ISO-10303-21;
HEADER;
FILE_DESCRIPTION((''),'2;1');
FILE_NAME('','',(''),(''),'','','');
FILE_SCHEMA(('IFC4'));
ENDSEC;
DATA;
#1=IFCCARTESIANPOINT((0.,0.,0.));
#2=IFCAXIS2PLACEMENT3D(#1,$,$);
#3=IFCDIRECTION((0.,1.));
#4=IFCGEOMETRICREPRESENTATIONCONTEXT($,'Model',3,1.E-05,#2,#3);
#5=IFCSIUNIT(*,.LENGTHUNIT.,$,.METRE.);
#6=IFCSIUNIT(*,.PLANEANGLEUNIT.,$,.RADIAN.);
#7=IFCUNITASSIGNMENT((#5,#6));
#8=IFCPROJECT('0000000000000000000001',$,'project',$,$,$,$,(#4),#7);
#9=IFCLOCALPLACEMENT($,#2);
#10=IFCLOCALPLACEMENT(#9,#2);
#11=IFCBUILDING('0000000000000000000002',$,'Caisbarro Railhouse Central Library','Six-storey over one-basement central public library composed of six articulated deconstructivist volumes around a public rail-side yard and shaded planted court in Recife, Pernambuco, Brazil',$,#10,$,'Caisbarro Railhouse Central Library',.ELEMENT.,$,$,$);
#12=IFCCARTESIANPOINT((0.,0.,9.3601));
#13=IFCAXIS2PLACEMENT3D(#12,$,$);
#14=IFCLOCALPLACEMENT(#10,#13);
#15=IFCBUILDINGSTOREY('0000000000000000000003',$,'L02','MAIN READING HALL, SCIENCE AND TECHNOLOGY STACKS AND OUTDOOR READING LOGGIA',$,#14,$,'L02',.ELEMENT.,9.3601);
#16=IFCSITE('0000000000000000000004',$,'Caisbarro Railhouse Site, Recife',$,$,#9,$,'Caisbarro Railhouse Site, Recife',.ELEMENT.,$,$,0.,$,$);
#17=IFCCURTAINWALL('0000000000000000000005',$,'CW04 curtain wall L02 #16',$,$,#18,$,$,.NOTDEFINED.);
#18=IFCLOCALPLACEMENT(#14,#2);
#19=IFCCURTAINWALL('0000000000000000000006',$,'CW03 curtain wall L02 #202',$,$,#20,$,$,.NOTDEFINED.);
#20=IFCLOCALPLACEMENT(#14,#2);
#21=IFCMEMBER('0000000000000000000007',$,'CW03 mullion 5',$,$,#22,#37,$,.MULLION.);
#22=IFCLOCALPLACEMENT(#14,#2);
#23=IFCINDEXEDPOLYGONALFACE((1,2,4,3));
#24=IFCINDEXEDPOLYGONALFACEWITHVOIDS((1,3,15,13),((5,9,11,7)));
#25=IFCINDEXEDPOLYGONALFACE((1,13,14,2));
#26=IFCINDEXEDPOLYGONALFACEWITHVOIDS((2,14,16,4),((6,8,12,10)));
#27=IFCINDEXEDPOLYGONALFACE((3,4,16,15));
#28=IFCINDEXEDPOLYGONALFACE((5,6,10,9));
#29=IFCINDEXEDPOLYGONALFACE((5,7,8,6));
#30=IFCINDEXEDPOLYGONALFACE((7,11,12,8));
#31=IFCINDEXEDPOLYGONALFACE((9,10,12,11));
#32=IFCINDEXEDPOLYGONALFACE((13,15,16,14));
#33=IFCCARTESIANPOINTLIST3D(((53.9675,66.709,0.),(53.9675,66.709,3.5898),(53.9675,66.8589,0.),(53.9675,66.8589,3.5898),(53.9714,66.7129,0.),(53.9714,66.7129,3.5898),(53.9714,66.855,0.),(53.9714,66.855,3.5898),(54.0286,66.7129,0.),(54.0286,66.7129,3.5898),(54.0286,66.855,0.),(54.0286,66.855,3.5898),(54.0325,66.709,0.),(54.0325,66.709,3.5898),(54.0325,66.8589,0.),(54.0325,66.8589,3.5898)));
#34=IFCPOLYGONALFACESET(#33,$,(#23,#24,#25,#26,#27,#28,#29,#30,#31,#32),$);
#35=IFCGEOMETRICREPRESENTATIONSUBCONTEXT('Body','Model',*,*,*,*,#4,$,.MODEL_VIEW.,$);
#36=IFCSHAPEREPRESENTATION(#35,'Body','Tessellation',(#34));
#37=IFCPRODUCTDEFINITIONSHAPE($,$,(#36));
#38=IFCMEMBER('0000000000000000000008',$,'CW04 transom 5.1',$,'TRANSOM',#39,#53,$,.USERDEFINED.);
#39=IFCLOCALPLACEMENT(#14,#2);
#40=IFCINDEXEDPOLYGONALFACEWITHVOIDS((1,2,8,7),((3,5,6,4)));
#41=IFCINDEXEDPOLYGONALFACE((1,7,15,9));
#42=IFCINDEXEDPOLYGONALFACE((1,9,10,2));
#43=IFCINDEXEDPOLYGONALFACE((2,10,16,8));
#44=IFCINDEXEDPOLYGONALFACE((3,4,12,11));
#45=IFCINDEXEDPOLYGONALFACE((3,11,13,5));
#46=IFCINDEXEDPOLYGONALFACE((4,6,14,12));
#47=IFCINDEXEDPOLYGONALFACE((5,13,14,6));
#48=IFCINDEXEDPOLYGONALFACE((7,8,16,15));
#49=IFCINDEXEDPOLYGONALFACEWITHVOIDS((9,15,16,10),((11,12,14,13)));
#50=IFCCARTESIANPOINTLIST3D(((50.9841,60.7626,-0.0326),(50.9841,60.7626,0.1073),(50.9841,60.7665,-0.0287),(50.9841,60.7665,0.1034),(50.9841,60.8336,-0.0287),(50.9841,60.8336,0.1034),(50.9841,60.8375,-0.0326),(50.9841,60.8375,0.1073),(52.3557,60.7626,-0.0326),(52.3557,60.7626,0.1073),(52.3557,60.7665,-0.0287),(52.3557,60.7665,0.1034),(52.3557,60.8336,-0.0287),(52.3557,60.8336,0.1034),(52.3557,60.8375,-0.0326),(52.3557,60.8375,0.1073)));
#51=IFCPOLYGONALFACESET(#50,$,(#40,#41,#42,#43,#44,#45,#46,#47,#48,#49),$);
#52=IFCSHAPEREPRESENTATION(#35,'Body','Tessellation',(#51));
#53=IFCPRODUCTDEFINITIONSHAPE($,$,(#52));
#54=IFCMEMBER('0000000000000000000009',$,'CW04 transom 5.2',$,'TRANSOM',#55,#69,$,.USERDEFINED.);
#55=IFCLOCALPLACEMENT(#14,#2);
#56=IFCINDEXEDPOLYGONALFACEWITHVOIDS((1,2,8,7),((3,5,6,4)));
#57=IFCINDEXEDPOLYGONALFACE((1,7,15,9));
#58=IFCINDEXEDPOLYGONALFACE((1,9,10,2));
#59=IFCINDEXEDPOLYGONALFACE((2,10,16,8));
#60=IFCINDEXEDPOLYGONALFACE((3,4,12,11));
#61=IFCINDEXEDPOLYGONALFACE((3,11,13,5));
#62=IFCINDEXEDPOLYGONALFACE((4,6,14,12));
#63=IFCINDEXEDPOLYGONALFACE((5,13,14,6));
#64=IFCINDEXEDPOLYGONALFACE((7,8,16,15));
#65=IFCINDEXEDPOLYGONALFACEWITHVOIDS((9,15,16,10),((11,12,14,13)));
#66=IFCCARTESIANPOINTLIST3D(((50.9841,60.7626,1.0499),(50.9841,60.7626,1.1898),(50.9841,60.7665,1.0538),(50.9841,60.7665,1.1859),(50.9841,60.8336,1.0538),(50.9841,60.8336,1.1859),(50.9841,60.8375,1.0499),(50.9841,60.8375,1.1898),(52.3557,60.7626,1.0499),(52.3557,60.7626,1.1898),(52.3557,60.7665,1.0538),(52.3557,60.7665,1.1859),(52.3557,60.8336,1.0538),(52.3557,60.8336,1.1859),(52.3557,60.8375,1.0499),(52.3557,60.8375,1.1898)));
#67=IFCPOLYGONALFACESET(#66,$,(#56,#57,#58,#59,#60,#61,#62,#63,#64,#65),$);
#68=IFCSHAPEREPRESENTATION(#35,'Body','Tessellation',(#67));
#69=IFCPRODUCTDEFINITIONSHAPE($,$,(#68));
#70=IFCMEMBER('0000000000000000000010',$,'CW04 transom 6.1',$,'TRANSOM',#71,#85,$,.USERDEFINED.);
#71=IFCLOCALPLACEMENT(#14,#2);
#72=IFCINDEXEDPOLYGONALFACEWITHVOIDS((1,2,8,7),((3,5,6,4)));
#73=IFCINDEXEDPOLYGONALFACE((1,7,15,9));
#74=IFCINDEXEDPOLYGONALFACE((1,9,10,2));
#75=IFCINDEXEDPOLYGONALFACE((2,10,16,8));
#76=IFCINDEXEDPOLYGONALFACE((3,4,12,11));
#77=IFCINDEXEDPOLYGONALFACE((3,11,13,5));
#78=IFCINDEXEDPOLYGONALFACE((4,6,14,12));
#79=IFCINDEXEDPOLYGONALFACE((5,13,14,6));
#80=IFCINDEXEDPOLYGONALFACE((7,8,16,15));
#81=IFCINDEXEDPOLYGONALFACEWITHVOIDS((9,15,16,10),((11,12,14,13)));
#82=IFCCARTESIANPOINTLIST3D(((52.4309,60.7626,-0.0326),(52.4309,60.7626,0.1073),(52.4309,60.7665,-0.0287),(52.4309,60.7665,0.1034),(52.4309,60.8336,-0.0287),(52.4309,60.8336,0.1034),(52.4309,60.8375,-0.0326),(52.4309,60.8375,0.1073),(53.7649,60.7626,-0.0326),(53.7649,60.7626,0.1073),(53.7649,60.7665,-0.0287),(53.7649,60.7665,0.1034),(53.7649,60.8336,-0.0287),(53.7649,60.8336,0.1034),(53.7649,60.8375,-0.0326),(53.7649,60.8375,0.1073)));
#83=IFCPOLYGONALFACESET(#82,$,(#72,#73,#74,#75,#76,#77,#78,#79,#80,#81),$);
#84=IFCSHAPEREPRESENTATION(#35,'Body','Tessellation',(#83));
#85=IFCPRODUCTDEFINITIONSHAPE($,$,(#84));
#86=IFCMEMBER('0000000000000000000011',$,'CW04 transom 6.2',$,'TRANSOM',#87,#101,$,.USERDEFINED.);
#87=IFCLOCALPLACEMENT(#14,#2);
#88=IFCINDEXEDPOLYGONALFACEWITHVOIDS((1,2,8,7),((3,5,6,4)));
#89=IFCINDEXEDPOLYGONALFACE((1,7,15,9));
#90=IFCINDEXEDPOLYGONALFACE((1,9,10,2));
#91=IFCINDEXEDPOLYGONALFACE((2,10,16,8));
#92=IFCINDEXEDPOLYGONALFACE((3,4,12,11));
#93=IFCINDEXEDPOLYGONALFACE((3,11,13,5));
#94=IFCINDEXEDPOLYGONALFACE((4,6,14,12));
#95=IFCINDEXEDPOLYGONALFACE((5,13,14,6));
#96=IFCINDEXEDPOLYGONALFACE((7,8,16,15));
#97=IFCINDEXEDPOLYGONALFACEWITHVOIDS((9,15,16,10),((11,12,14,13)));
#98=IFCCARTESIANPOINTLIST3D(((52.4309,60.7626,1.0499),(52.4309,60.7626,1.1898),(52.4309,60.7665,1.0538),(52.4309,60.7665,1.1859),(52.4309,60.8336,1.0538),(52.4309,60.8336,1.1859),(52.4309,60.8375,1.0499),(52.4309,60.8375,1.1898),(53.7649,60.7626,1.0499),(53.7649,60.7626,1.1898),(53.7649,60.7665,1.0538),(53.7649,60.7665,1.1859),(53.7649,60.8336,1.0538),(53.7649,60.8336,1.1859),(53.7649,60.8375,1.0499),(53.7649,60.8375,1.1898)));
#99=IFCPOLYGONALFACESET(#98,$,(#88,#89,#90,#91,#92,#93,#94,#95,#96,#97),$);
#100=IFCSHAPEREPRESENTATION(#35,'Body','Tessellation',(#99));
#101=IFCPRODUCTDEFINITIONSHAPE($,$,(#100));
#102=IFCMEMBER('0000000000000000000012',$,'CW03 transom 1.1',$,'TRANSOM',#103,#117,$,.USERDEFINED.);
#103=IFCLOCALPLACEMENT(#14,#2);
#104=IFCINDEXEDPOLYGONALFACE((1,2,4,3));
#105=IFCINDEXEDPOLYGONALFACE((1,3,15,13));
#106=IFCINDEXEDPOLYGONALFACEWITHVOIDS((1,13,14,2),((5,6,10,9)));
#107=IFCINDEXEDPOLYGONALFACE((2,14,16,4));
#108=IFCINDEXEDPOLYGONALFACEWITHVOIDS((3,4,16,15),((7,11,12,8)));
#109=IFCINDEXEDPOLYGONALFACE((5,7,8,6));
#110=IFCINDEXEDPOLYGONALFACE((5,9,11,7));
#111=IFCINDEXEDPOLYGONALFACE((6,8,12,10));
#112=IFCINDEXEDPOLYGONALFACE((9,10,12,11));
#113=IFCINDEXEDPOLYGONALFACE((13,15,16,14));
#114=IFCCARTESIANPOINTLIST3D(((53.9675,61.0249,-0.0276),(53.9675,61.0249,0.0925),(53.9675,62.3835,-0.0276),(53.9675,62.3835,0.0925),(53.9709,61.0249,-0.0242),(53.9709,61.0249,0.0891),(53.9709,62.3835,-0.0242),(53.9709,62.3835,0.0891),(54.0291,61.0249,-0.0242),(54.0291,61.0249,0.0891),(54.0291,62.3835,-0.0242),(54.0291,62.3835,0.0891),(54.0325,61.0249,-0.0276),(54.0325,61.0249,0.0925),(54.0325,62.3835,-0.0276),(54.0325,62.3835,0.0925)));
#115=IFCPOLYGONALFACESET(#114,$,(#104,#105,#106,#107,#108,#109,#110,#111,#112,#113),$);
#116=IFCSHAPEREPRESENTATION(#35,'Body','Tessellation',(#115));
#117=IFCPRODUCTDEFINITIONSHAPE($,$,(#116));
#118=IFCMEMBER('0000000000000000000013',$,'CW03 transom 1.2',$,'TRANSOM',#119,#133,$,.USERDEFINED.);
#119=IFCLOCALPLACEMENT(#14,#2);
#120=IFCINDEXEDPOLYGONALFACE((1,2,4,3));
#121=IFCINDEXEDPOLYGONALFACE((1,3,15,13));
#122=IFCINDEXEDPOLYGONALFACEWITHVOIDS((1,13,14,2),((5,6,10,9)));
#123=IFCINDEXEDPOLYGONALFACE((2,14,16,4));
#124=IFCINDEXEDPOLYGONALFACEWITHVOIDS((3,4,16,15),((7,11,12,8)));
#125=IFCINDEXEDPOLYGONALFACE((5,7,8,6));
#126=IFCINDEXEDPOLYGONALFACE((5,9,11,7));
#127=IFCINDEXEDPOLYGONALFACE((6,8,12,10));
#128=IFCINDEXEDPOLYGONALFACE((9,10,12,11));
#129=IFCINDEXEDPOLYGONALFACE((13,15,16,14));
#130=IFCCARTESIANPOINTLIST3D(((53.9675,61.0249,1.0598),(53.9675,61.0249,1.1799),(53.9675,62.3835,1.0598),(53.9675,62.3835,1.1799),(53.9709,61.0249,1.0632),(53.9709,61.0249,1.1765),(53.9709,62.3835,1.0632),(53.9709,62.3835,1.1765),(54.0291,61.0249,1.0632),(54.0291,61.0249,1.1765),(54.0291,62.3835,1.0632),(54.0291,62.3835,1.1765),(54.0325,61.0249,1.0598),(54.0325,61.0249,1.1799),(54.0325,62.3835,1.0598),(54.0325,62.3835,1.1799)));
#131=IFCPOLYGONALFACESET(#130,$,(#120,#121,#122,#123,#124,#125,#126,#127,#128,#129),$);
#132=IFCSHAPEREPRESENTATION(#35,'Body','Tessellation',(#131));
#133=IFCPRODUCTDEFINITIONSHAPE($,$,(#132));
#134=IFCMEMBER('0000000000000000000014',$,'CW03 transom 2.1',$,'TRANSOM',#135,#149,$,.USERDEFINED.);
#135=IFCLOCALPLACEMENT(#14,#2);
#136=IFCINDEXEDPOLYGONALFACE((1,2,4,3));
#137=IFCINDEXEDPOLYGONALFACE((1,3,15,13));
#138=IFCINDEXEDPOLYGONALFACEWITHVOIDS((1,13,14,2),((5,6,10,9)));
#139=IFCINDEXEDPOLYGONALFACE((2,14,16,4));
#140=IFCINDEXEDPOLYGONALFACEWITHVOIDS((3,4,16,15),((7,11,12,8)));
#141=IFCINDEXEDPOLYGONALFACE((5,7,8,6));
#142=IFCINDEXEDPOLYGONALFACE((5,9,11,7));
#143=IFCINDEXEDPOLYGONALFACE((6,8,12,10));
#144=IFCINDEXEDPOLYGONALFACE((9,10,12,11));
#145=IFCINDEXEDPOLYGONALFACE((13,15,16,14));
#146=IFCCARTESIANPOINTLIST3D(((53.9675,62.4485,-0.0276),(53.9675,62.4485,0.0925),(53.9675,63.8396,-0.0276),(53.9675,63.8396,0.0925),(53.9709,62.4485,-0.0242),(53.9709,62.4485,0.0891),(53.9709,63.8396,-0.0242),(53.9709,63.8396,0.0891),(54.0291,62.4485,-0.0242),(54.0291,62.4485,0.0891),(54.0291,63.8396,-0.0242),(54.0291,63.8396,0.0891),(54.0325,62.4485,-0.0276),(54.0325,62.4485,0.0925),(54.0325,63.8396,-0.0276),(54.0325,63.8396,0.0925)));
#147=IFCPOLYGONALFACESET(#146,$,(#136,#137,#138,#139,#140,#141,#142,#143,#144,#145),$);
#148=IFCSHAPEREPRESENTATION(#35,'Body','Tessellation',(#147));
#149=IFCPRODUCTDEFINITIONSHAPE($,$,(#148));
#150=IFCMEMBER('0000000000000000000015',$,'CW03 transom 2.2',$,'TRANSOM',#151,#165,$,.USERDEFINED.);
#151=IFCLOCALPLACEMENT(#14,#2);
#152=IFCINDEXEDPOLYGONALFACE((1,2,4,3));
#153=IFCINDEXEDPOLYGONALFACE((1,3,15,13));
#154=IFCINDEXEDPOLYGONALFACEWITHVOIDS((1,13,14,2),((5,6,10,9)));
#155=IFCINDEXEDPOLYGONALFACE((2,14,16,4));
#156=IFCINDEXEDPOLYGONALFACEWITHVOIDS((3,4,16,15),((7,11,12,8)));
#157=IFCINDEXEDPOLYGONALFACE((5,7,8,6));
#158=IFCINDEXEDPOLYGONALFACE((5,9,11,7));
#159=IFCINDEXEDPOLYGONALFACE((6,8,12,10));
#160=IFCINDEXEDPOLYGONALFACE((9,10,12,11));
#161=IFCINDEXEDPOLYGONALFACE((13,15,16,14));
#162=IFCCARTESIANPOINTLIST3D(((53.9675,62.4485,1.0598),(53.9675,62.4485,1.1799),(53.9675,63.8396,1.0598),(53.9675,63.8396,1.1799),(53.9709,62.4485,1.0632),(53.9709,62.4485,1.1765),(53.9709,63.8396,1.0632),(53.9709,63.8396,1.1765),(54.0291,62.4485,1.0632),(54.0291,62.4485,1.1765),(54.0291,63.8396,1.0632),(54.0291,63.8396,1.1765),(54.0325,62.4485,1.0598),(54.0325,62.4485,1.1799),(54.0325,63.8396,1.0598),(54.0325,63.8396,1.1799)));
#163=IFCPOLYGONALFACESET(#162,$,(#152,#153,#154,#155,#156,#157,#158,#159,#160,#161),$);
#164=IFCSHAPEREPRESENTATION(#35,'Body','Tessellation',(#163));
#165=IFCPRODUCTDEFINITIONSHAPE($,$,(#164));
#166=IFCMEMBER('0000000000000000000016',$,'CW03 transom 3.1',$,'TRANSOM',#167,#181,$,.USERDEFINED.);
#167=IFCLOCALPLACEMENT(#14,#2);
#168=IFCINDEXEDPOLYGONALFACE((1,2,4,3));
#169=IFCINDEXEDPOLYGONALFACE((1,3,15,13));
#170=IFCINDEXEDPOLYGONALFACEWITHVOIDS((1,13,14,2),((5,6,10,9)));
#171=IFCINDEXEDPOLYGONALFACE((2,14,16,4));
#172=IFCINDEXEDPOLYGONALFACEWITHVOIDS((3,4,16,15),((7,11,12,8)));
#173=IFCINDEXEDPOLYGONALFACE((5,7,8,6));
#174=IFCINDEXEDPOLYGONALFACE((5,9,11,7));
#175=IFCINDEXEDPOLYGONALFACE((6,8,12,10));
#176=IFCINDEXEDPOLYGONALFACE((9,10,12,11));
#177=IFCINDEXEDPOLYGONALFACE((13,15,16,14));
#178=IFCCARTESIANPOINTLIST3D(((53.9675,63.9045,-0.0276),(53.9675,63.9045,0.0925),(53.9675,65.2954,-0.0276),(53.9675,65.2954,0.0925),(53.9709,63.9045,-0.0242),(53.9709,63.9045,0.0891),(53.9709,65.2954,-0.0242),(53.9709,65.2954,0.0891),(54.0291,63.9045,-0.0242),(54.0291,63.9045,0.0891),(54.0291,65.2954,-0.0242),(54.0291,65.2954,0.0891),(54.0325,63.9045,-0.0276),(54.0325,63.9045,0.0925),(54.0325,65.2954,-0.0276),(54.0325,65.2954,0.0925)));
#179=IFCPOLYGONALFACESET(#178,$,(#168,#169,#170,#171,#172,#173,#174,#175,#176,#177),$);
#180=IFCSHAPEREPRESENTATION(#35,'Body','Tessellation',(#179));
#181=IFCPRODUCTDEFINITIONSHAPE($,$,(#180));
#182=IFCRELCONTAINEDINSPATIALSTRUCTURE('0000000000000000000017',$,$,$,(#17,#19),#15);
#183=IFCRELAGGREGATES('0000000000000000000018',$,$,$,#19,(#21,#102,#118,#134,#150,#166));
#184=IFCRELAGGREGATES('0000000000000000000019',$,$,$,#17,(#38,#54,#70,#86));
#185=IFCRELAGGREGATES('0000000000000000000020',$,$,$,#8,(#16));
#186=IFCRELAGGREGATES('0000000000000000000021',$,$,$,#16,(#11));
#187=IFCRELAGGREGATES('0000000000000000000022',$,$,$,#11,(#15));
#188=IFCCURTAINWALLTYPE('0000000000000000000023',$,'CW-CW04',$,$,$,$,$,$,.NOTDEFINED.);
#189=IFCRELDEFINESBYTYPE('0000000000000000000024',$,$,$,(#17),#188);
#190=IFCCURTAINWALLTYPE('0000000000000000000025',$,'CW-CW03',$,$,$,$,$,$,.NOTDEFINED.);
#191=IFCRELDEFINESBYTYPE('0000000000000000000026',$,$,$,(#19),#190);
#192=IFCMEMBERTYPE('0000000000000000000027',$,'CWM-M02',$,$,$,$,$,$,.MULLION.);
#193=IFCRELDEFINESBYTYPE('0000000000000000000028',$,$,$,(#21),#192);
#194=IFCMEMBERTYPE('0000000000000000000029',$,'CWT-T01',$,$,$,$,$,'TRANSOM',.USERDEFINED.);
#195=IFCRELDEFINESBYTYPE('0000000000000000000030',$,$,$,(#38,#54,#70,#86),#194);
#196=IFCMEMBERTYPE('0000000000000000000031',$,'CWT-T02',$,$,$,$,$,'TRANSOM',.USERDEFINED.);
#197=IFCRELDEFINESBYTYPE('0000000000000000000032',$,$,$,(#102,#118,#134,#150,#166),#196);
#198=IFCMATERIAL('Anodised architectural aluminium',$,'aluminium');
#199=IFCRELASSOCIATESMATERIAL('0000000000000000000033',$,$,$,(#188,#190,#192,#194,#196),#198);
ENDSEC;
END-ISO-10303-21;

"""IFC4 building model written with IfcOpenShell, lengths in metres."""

from ifc_helpers import new_model, si_unit, direction, frame, origin, origin_2d, place, context, subcontext, project, spatial, hollow_rectangle, extrude, material, material_profile, profile_set, type_object, element, aggregate, save


model = new_model("IFC4")

# Units and contexts
model_context = context("Model", 3, precision=1e-05, world=origin(), true_north=direction((0.0, 1.0)))
body_context = subcontext(model_context, "Body", "Model", "MODEL_VIEW")
ifc_project = project(units=[si_unit("LENGTHUNIT", "METRE"), si_unit("PLANEANGLEUNIT", "RADIAN")], contexts=[model_context])

# Site, building, storey
site_placement = place(None, origin())
site = spatial("IfcSite", under=ifc_project, at=site_placement, Name="Caisbarro Railhouse Site, Recife", LongName="Caisbarro Railhouse Site, Recife", CompositionType="ELEMENT", RefElevation=0.0)
building_placement = place(site_placement, origin())
building = spatial("IfcBuilding", under=site, at=building_placement, Name="Caisbarro Railhouse Central Library", Description="Six-storey over one-basement central public library composed of six articulated deconstructivist volumes around a public rail-side yard and shaded planted court in Recife, Pernambuco, Brazil", LongName="Caisbarro Railhouse Central Library", CompositionType="ELEMENT")
storey_placement = place(building_placement, frame((0.0, 0.0, 9.3601)))
storey = spatial("IfcBuildingStorey", under=building, at=storey_placement, Name="L02", Description="MAIN READING HALL, SCIENCE AND TECHNOLOGY STACKS AND OUTDOOR READING LOGGIA", LongName="L02", CompositionType="ELEMENT", Elevation=9.3601)

# Curtain walls, member
ifc_material_1 = material(Name="Anodised architectural aluminium", Category="aluminium")
curtain_wall_type_1 = type_object("IfcCurtainWallType", Name="CW-CW04", PredefinedType="NOTDEFINED", material=ifc_material_1)
curtain_wall_1_placement = place(storey_placement, origin())
curtain_wall_1 = element("IfcCurtainWall", 1, at=curtain_wall_1_placement, inside=storey, type_object=curtain_wall_type_1, Name="CW04 curtain wall L02 #16", PredefinedType="NOTDEFINED")
curtain_wall_type_2 = type_object("IfcCurtainWallType", Name="CW-CW03", PredefinedType="NOTDEFINED", material=ifc_material_1)
curtain_wall_2_placement = place(storey_placement, origin())
curtain_wall_2 = element("IfcCurtainWall", 2, at=curtain_wall_2_placement, inside=storey, type_object=curtain_wall_type_2, Name="CW03 curtain wall L02 #202", PredefinedType="NOTDEFINED")
ifc_material_profile_1 = material_profile(ifc_material_1, hollow_rectangle(XDim=0.0649, YDim=0.1499, WallThickness=0.0039, at=origin_2d()), Name="ALU-MUL-65X150")
ifc_profile_set_1 = profile_set([ifc_material_profile_1], Name="Anodised architectural aluminium")
member_type_1 = type_object("IfcMemberType", Name="CWM-M02", PredefinedType="MULLION", material=ifc_profile_set_1)
member_1_placement = place(storey_placement, frame((54.0, 66.7839, 0.0), z_axis=(0.0, 0.0, 1.0), x_axis=(-1.0, 0.0, 0.0)))
member_1 = element("IfcMember", 3, at=member_1_placement, type_object=member_type_1, Name="CW03 mullion 5", PredefinedType="MULLION", context=body_context, shape_type="SweptSolid", body=[
    extrude(hollow_rectangle(XDim=0.0649, YDim=0.1499, WallThickness=0.0039, at=origin_2d()), origin(), (0.0, 0.0, 1.0), 3.5898),
])

# Members
ifc_material_profile_2 = material_profile(ifc_material_1, hollow_rectangle(XDim=0.075, YDim=0.1399, WallThickness=0.0039, at=origin_2d()), Name="ALU-TRN-75X140")
ifc_profile_set_2 = profile_set([ifc_material_profile_2], Name="Anodised architectural aluminium")
member_type_2 = type_object("IfcMemberType", Name="CWT-T01", ElementType="TRANSOM", PredefinedType="USERDEFINED", material=ifc_profile_set_2)
member_2_placement = place(storey_placement, frame((50.9841, 60.8, 0.0374), z_axis=(1.0, 0.0, 0.0), x_axis=(0.0, 1.0, 0.0)))
member_2 = element("IfcMember", 4, at=member_2_placement, type_object=member_type_2, Name="CW04 transom 5.1", ObjectType="TRANSOM", PredefinedType="USERDEFINED", context=body_context, shape_type="SweptSolid", body=[
    extrude(hollow_rectangle(XDim=0.075, YDim=0.1399, WallThickness=0.0039, at=origin_2d()), origin(), (0.0, 0.0, 1.0), 1.3716),
])
member_3_placement = place(storey_placement, frame((50.9841, 60.8, 1.1199), z_axis=(1.0, 0.0, 0.0), x_axis=(0.0, 1.0, 0.0)))
member_3 = element("IfcMember", 5, at=member_3_placement, type_object=member_type_2, Name="CW04 transom 5.2", ObjectType="TRANSOM", PredefinedType="USERDEFINED", context=body_context, shape_type="SweptSolid", body=[
    extrude(hollow_rectangle(XDim=0.075, YDim=0.1399, WallThickness=0.0039, at=origin_2d()), origin(), (0.0, 0.0, 1.0), 1.3716),
])
member_4_placement = place(storey_placement, frame((52.4309, 60.8, 0.0374), z_axis=(1.0, 0.0, 0.0), x_axis=(0.0, 1.0, 0.0)))
member_4 = element("IfcMember", 6, at=member_4_placement, type_object=member_type_2, Name="CW04 transom 6.1", ObjectType="TRANSOM", PredefinedType="USERDEFINED", context=body_context, shape_type="SweptSolid", body=[
    extrude(hollow_rectangle(XDim=0.075, YDim=0.1399, WallThickness=0.0039, at=origin_2d()), origin(), (0.0, 0.0, 1.0), 1.334),
])
member_5_placement = place(storey_placement, frame((52.4309, 60.8, 1.1199), z_axis=(1.0, 0.0, 0.0), x_axis=(0.0, 1.0, 0.0)))
member_5 = element("IfcMember", 7, at=member_5_placement, type_object=member_type_2, Name="CW04 transom 6.2", ObjectType="TRANSOM", PredefinedType="USERDEFINED", context=body_context, shape_type="SweptSolid", body=[
    extrude(hollow_rectangle(XDim=0.075, YDim=0.1399, WallThickness=0.0039, at=origin_2d()), origin(), (0.0, 0.0, 1.0), 1.334),
])
ifc_material_profile_3 = material_profile(ifc_material_1, hollow_rectangle(XDim=0.0649, YDim=0.1201, WallThickness=0.0034, at=origin_2d()), Name="ALU-TRN-65X120")
ifc_profile_set_3 = profile_set([ifc_material_profile_3], Name="Anodised architectural aluminium")
member_type_3 = type_object("IfcMemberType", Name="CWT-T02", ElementType="TRANSOM", PredefinedType="USERDEFINED", material=ifc_profile_set_3)
member_6_placement = place(storey_placement, frame((54.0, 61.0249, 0.0325), z_axis=(0.0, 1.0, 0.0), x_axis=(-1.0, 0.0, 0.0)))
member_6 = element("IfcMember", 8, at=member_6_placement, type_object=member_type_3, Name="CW03 transom 1.1", ObjectType="TRANSOM", PredefinedType="USERDEFINED", context=body_context, shape_type="SweptSolid", body=[
    extrude(hollow_rectangle(XDim=0.0649, YDim=0.1201, WallThickness=0.0034, at=origin_2d()), origin(), (0.0, 0.0, 1.0), 1.3586),
])
member_7_placement = place(storey_placement, frame((54.0, 61.0249, 1.1199), z_axis=(0.0, 1.0, 0.0), x_axis=(-1.0, 0.0, 0.0)))
member_7 = element("IfcMember", 9, at=member_7_placement, type_object=member_type_3, Name="CW03 transom 1.2", ObjectType="TRANSOM", PredefinedType="USERDEFINED", context=body_context, shape_type="SweptSolid", body=[
    extrude(hollow_rectangle(XDim=0.0649, YDim=0.1201, WallThickness=0.0034, at=origin_2d()), origin(), (0.0, 0.0, 1.0), 1.3586),
])
member_8_placement = place(storey_placement, frame((54.0, 62.4485, 0.0325), z_axis=(0.0, 1.0, 0.0), x_axis=(-1.0, 0.0, 0.0)))
member_8 = element("IfcMember", 10, at=member_8_placement, type_object=member_type_3, Name="CW03 transom 2.1", ObjectType="TRANSOM", PredefinedType="USERDEFINED", context=body_context, shape_type="SweptSolid", body=[
    extrude(hollow_rectangle(XDim=0.0649, YDim=0.1201, WallThickness=0.0034, at=origin_2d()), origin(), (0.0, 0.0, 1.0), 1.3911),
])
member_9_placement = place(storey_placement, frame((54.0, 62.4485, 1.1199), z_axis=(0.0, 1.0, 0.0), x_axis=(-1.0, 0.0, 0.0)))
member_9 = element("IfcMember", 11, at=member_9_placement, type_object=member_type_3, Name="CW03 transom 2.2", ObjectType="TRANSOM", PredefinedType="USERDEFINED", context=body_context, shape_type="SweptSolid", body=[
    extrude(hollow_rectangle(XDim=0.0649, YDim=0.1201, WallThickness=0.0034, at=origin_2d()), origin(), (0.0, 0.0, 1.0), 1.3911),
])
member_10_placement = place(storey_placement, frame((54.0, 63.9045, 0.0325), z_axis=(0.0, 1.0, 0.0), x_axis=(-1.0, 0.0, 0.0)))
member_10 = element("IfcMember", 12, at=member_10_placement, type_object=member_type_3, Name="CW03 transom 3.1", ObjectType="TRANSOM", PredefinedType="USERDEFINED", context=body_context, shape_type="SweptSolid", body=[
    extrude(hollow_rectangle(XDim=0.0649, YDim=0.1201, WallThickness=0.0034, at=origin_2d()), origin(), (0.0, 0.0, 1.0), 1.3909),
])

aggregate(curtain_wall_2, [member_1, member_6, member_7, member_8, member_9, member_10])
aggregate(curtain_wall_1, [member_2, member_3, member_4, member_5])

save(model, "model.ifc")
